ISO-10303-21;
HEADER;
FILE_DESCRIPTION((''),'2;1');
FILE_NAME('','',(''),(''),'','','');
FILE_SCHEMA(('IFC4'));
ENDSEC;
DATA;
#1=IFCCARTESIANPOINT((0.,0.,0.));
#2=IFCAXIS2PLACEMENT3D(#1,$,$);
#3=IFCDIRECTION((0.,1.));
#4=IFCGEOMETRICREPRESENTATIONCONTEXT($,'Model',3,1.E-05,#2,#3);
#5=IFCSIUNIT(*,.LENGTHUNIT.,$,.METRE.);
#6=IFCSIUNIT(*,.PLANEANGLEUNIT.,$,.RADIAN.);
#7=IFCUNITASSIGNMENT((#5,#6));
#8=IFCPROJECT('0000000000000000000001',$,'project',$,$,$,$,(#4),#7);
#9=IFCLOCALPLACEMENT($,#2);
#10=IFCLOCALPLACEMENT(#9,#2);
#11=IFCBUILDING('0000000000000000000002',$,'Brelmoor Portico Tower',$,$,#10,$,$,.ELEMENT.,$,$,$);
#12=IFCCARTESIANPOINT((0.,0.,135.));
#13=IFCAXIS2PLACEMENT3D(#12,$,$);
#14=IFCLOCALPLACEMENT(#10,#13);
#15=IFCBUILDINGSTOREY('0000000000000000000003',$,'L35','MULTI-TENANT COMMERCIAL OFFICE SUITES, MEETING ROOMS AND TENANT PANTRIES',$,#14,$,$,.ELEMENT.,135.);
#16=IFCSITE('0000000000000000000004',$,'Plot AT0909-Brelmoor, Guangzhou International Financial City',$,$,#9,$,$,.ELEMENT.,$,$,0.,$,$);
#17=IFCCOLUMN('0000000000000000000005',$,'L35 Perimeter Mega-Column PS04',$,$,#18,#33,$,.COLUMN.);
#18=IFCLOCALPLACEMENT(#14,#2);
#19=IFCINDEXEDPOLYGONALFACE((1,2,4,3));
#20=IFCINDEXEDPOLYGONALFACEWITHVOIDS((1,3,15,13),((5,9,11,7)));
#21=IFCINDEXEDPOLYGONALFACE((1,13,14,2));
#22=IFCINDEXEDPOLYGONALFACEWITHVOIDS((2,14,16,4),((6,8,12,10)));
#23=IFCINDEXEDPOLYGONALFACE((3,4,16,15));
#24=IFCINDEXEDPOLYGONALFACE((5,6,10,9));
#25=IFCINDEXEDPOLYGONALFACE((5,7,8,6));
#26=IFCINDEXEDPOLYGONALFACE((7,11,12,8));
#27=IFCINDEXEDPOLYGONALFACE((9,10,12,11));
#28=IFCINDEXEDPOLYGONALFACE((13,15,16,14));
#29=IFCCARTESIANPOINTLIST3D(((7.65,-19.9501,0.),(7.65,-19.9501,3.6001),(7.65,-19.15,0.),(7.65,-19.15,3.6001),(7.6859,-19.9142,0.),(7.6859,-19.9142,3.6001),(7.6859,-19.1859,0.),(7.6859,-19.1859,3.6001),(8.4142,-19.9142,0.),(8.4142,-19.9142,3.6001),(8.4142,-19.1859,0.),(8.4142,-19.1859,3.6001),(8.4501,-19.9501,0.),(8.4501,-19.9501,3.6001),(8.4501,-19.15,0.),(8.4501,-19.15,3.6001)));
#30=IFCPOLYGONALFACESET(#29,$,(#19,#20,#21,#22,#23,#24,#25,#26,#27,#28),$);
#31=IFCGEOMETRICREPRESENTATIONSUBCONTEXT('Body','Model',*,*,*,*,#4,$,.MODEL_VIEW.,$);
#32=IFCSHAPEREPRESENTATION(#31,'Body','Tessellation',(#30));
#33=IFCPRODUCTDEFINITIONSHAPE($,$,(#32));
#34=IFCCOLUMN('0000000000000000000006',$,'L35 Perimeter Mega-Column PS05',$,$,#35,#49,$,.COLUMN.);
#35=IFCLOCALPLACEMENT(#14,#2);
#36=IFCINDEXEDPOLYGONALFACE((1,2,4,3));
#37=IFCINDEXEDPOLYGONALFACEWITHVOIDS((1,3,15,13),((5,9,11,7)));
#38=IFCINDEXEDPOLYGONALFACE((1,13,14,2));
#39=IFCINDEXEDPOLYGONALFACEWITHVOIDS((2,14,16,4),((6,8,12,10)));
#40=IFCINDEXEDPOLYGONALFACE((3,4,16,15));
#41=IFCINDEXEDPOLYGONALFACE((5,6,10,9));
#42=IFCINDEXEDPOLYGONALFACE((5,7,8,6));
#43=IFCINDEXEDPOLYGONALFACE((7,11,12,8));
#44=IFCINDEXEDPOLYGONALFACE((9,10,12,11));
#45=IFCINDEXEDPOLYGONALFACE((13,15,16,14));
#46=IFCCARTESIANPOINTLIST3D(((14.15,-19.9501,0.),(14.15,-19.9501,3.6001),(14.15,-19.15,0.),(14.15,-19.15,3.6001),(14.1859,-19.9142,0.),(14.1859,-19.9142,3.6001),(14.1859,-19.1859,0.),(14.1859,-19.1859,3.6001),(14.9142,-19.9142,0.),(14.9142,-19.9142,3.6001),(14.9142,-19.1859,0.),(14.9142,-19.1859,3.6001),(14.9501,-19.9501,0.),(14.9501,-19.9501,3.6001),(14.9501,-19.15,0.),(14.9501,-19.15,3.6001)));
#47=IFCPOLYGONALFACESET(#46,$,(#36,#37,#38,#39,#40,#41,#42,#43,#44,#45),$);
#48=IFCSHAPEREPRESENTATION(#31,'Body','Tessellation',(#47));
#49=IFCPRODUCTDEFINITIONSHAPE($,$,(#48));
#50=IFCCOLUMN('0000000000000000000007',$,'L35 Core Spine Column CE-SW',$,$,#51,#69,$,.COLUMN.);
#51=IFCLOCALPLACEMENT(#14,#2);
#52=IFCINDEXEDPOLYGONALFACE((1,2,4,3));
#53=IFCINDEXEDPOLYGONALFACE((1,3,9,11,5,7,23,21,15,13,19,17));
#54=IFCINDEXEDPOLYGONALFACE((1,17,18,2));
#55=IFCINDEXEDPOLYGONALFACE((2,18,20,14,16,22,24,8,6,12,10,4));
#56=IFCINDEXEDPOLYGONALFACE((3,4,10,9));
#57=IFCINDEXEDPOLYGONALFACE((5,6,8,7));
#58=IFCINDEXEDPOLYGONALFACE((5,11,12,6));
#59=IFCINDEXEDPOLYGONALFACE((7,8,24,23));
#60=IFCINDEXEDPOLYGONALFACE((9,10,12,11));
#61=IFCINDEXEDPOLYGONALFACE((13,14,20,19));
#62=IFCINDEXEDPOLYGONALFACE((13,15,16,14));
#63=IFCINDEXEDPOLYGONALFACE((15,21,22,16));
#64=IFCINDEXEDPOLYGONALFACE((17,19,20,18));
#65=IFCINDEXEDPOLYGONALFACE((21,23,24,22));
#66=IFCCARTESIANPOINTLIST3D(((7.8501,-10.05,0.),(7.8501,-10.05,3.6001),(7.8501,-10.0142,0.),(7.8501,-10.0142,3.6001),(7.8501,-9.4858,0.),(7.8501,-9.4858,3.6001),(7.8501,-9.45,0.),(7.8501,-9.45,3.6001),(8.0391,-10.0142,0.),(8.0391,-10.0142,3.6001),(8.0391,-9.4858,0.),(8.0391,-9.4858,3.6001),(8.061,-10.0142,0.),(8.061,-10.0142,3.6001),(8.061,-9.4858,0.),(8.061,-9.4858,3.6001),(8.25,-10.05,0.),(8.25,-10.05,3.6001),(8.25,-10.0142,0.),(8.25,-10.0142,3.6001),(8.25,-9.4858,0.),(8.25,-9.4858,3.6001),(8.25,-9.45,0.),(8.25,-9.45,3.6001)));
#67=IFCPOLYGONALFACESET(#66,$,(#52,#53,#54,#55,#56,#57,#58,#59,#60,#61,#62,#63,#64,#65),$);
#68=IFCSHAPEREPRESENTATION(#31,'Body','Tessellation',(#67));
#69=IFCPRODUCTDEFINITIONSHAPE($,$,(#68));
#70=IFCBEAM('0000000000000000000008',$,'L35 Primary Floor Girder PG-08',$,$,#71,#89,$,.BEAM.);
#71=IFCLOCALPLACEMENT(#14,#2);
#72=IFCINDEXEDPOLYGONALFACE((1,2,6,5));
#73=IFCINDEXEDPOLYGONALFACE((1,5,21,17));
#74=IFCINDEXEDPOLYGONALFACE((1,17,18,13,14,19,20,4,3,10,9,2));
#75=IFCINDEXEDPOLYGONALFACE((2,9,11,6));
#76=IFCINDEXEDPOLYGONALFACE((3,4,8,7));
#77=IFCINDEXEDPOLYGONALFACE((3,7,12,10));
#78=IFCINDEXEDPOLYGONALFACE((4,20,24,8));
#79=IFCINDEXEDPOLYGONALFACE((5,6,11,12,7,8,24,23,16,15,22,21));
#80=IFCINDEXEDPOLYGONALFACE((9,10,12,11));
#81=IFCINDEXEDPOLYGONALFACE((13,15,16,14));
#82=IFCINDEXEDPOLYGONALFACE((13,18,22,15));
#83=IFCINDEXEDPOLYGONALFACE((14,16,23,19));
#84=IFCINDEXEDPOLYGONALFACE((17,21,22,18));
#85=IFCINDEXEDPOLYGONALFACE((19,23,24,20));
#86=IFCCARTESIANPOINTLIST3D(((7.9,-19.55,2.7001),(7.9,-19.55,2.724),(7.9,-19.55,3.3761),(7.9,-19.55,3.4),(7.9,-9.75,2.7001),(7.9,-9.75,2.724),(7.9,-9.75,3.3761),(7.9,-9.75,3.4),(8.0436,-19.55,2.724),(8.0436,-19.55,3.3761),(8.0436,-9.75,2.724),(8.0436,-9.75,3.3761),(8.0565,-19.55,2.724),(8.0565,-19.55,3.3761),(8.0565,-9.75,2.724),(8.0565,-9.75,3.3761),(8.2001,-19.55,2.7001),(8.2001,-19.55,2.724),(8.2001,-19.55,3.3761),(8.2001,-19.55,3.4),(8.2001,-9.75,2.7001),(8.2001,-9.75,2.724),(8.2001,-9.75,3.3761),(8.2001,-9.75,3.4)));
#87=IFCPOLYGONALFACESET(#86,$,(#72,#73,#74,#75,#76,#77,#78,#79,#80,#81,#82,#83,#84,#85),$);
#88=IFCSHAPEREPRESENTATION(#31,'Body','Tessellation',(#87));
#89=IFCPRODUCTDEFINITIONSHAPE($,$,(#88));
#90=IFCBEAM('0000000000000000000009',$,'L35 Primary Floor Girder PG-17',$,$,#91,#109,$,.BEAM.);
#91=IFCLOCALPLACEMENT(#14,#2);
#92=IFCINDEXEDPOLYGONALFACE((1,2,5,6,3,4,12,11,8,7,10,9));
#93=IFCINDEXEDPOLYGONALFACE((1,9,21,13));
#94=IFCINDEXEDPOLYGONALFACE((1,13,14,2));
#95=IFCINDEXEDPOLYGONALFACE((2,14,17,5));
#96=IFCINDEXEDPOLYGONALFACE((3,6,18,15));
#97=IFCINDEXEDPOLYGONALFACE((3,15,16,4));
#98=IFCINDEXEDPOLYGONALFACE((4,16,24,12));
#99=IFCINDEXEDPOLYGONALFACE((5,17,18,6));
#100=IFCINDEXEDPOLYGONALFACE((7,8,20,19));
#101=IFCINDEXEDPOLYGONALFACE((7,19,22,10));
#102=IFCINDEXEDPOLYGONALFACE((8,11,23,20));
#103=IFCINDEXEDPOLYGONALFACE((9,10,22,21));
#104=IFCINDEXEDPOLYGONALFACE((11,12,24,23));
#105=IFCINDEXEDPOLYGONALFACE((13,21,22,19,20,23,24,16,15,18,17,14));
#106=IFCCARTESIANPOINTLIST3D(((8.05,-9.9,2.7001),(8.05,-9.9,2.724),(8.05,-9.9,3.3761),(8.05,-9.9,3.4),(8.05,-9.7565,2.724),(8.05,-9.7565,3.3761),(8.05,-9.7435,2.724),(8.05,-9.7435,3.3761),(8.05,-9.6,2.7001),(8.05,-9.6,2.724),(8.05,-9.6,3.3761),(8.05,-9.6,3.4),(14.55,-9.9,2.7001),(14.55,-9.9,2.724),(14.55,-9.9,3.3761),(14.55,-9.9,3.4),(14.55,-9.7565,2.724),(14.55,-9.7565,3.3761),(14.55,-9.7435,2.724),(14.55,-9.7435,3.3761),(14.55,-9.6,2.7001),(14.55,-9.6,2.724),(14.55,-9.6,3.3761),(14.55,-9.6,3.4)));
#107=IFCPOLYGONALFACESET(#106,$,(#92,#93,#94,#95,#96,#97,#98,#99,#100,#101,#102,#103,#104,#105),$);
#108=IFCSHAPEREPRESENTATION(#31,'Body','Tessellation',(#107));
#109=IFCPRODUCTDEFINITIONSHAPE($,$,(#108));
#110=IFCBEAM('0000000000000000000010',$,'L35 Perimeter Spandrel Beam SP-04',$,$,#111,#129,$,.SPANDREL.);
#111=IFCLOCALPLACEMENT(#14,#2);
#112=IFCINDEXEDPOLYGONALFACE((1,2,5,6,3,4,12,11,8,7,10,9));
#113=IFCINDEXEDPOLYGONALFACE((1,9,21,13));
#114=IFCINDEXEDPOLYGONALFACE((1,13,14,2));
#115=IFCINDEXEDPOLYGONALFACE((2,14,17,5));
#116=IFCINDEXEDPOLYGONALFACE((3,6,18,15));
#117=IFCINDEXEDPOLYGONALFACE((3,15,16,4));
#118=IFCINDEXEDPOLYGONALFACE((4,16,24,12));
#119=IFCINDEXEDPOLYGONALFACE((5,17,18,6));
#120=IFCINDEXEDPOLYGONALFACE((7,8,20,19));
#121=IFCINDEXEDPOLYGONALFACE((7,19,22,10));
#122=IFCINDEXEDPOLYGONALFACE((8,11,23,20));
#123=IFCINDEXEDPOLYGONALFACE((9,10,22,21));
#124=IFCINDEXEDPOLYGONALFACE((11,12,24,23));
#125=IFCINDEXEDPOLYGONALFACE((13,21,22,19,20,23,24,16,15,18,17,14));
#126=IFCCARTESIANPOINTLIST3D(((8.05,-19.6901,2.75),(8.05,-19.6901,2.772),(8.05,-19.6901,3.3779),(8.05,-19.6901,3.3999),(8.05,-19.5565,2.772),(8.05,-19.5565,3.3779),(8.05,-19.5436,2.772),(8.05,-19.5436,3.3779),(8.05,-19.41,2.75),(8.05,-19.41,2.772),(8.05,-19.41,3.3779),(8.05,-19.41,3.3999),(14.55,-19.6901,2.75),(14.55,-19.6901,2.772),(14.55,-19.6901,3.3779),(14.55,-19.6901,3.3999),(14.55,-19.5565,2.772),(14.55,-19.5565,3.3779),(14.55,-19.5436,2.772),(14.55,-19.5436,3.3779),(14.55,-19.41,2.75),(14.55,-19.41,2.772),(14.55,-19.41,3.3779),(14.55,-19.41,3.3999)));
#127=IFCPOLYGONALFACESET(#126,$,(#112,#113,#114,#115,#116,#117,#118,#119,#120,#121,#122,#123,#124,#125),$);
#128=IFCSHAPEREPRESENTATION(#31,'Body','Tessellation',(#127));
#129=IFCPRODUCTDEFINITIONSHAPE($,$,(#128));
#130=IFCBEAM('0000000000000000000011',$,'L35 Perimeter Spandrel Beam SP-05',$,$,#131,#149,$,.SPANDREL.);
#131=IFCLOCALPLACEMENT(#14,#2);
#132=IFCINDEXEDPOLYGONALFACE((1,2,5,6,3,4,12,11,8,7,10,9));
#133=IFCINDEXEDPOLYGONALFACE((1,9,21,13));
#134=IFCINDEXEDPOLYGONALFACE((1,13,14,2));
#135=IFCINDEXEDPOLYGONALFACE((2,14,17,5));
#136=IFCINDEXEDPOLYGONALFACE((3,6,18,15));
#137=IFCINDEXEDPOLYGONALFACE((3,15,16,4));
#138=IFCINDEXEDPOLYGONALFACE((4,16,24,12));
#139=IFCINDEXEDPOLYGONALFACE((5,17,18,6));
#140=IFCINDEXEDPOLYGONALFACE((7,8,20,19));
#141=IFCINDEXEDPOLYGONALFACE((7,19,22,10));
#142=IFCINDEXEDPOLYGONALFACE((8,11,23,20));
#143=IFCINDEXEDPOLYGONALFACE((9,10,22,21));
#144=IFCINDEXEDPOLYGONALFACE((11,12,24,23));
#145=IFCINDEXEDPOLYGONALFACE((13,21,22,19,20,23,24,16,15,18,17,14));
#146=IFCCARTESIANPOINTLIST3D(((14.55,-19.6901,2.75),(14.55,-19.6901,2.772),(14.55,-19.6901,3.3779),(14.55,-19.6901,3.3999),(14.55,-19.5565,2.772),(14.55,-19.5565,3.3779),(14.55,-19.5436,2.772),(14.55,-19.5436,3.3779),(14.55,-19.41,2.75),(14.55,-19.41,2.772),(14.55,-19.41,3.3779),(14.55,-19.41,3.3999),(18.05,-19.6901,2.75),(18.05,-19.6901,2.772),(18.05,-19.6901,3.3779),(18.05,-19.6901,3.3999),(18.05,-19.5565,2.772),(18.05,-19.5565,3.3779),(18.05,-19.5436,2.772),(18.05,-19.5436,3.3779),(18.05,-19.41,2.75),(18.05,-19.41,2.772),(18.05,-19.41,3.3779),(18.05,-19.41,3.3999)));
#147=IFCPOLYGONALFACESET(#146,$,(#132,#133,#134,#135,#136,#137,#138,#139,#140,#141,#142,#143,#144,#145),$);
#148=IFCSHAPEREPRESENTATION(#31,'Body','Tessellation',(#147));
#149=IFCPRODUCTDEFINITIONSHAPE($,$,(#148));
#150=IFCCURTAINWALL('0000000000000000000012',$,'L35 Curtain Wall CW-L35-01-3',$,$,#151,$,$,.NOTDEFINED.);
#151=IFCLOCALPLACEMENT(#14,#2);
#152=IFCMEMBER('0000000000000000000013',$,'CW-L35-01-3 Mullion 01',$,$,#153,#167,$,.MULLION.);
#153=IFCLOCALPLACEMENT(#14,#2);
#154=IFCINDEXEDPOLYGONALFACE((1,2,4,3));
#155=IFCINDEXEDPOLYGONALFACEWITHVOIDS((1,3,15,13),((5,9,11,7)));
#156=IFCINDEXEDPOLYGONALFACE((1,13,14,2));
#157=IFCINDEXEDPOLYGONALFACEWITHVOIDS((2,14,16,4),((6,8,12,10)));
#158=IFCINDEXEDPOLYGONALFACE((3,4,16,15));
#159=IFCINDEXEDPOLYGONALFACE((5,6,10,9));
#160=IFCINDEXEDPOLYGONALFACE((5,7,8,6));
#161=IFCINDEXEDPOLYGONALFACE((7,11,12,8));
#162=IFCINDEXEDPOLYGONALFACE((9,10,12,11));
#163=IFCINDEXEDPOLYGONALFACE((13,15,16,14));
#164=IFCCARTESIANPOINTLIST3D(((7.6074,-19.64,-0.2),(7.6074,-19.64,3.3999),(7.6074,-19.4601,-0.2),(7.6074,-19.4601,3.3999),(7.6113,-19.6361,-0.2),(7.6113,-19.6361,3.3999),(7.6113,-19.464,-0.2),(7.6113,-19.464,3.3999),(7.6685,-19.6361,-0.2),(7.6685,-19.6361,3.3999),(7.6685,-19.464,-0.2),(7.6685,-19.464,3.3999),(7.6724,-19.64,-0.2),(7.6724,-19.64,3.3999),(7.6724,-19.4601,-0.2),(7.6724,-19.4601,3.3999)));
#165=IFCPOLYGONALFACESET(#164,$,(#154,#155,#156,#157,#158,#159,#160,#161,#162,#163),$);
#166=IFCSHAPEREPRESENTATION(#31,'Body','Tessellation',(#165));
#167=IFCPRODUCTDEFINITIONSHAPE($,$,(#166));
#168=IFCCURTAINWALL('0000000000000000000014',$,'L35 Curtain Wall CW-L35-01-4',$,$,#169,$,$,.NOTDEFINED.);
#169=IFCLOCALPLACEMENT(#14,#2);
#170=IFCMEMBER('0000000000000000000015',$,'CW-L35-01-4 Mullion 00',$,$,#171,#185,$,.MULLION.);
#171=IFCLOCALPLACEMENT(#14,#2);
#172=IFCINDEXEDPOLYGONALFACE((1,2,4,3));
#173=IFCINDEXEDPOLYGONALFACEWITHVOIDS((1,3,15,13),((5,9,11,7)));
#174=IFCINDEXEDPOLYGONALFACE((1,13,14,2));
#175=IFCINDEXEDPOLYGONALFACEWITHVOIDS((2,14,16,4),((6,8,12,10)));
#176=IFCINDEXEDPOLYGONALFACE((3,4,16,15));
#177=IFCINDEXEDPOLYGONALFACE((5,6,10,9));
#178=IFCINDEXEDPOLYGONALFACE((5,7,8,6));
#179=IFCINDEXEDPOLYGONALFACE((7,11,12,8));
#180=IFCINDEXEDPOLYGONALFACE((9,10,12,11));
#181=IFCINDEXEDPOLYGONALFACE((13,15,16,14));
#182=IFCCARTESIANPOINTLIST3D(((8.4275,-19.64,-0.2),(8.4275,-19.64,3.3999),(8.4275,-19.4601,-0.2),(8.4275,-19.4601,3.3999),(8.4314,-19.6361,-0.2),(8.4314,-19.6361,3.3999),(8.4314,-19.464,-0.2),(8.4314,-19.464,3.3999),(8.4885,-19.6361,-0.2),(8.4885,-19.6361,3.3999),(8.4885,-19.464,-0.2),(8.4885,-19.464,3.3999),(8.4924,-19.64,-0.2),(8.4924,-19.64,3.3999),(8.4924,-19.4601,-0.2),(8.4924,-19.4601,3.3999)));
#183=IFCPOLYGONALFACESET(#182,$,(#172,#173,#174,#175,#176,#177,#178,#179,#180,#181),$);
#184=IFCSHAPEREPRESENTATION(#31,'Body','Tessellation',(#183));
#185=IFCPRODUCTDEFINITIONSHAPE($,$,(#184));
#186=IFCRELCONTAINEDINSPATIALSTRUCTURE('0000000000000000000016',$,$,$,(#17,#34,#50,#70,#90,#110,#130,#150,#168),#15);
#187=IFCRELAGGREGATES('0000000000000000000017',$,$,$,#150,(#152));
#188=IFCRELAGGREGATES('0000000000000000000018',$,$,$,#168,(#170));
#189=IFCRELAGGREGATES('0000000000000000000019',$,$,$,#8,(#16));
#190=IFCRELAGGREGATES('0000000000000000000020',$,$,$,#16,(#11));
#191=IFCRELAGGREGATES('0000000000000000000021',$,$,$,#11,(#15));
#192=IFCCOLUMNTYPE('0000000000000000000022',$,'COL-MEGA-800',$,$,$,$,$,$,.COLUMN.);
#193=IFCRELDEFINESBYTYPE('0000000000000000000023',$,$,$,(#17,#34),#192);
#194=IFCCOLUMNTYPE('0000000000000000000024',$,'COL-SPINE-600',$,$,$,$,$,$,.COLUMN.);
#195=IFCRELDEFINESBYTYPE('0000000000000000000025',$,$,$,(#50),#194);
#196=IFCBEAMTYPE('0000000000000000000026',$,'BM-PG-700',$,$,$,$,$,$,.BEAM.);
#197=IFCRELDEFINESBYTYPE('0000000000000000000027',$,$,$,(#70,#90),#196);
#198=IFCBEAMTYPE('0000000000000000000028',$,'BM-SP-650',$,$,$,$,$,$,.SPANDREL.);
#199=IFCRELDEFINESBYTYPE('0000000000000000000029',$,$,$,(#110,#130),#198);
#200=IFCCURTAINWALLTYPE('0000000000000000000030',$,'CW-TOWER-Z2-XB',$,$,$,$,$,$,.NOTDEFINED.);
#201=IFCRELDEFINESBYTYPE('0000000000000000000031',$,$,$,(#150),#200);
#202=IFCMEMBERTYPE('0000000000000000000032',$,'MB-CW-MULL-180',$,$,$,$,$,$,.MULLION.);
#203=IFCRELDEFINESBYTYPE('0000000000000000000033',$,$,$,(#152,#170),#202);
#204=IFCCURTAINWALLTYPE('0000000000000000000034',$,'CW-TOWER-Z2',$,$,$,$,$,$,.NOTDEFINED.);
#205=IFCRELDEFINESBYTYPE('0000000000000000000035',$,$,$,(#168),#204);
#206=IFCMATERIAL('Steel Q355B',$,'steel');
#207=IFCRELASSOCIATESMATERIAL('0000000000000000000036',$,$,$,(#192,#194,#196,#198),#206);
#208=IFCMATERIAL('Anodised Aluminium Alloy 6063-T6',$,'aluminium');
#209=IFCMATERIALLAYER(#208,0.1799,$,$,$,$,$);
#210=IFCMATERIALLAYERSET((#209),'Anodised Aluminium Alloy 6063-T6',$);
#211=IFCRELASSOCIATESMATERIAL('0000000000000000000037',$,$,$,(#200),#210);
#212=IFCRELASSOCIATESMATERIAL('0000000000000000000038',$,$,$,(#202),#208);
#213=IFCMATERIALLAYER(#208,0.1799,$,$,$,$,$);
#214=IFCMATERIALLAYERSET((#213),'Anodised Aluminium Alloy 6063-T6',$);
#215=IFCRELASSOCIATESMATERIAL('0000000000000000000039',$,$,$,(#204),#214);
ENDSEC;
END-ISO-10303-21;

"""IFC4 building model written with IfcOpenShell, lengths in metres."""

from ifc_helpers import new_model, si_unit, direction, frame, origin, origin_2d, place, context, subcontext, project, spatial, hollow_rectangle, i_section, extrude, material, layer, layer_set, material_profile, profile_set, type_object, element, aggregate, save


model = new_model("IFC4")

# Units and contexts
model_context = context("Model", 3, precision=1e-05, world=origin(), true_north=direction((0.0, 1.0)))
body_context = subcontext(model_context, "Body", "Model", "MODEL_VIEW")
ifc_project = project(units=[si_unit("LENGTHUNIT", "METRE"), si_unit("PLANEANGLEUNIT", "RADIAN")], contexts=[model_context])

# Site, building, storey
site_placement = place(None, origin())
site = spatial("IfcSite", under=ifc_project, at=site_placement, Name="Plot AT0909-Brelmoor, Guangzhou International Financial City", CompositionType="ELEMENT", RefElevation=0.0)
building_placement = place(site_placement, origin())
building = spatial("IfcBuilding", under=site, at=building_placement, Name="Brelmoor Portico Tower", CompositionType="ELEMENT")
storey_placement = place(building_placement, frame((0.0, 0.0, 135.0)))
storey = spatial("IfcBuildingStorey", under=building, at=storey_placement, Name="L35", Description="MULTI-TENANT COMMERCIAL OFFICE SUITES, MEETING ROOMS AND TENANT PANTRIES", CompositionType="ELEMENT", Elevation=135.0)

# Columns
ifc_material_1 = material(Name="Steel Q355B", Category="steel")
ifc_material_profile_1 = material_profile(ifc_material_1, hollow_rectangle(XDim=0.8, YDim=0.8, WallThickness=0.0359, at=origin_2d()), Name="BOX 800x800x36")
ifc_profile_set_1 = profile_set([ifc_material_profile_1], Name="Steel Q355B")
column_type_1 = type_object("IfcColumnType", Name="COL-MEGA-800", PredefinedType="COLUMN", material=ifc_profile_set_1)
for number, where, z_axis, x_axis, name in (
    (1, (8.05, -19.55, 0.0), (0.0, 0.0, 1.0), (1.0, 0.0, 0.0), "L35 Perimeter Mega-Column PS04"),
    (2, (14.55, -19.55, 0.0), (0.0, 0.0, 1.0), (1.0, 0.0, 0.0), "L35 Perimeter Mega-Column PS05"),
):
    element("IfcColumn", number, at=place(storey_placement, frame(where, z_axis=z_axis, x_axis=x_axis)), inside=storey, type_object=column_type_1, Name=name, PredefinedType="COLUMN", context=body_context, shape_type="SweptSolid", body=[
        extrude(hollow_rectangle(XDim=0.8, YDim=0.8, WallThickness=0.0359, at=origin_2d()), origin(), (0.0, 0.0, 1.0), 3.6001),
    ])
ifc_material_profile_2 = material_profile(ifc_material_1, i_section(OverallWidth=0.3999, OverallDepth=0.6001, WebThickness=0.022, FlangeThickness=0.0359, at=origin_2d()), Name="HW 600x400x22x36")
ifc_profile_set_2 = profile_set([ifc_material_profile_2], Name="Steel Q355B")
column_type_2 = type_object("IfcColumnType", Name="COL-SPINE-600", PredefinedType="COLUMN", material=ifc_profile_set_2)
column_placement = place(storey_placement, frame((8.05, -9.75, 0.0), z_axis=(0.0, 0.0, 1.0), x_axis=(1.0, 0.0, 0.0)))
element("IfcColumn", 3, at=column_placement, inside=storey, type_object=column_type_2, Name="L35 Core Spine Column CE-SW", PredefinedType="COLUMN", context=body_context, shape_type="SweptSolid", body=[
    extrude(i_section(OverallWidth=0.3999, OverallDepth=0.6001, WebThickness=0.022, FlangeThickness=0.0359, at=origin_2d()), origin(), (0.0, 0.0, 1.0), 3.6001),
])

# Beams
ifc_material_profile_3 = material_profile(ifc_material_1, i_section(OverallWidth=0.3, OverallDepth=0.7, WebThickness=0.0129, FlangeThickness=0.0239, at=origin_2d()), Name="HN 700x300x13x24")
ifc_profile_set_3 = profile_set([ifc_material_profile_3], Name="Steel Q355B")
beam_type_1 = type_object("IfcBeamType", Name="BM-PG-700", PredefinedType="BEAM", material=ifc_profile_set_3)
beam_1_placement = place(storey_placement, frame((8.05, -19.55, 3.05), z_axis=(0.0, 1.0, 0.0), x_axis=(-1.0, 0.0, 0.0)))
element("IfcBeam", 4, at=beam_1_placement, inside=storey, type_object=beam_type_1, Name="L35 Primary Floor Girder PG-08", PredefinedType="BEAM", context=body_context, shape_type="SweptSolid", body=[
    extrude(i_section(OverallWidth=0.3, OverallDepth=0.7, WebThickness=0.0129, FlangeThickness=0.0239, at=origin_2d()), origin(), (0.0, 0.0, 1.0), 9.8),
])
beam_2_placement = place(storey_placement, frame((8.05, -9.75, 3.05), z_axis=(1.0, 0.0, 0.0), x_axis=(0.0, 1.0, 0.0)))
element("IfcBeam", 5, at=beam_2_placement, inside=storey, type_object=beam_type_1, Name="L35 Primary Floor Girder PG-17", PredefinedType="BEAM", context=body_context, shape_type="SweptSolid", body=[
    extrude(i_section(OverallWidth=0.3, OverallDepth=0.7, WebThickness=0.0129, FlangeThickness=0.0239, at=origin_2d()), origin(), (0.0, 0.0, 1.0), 6.5),
])
ifc_material_profile_4 = material_profile(ifc_material_1, i_section(OverallWidth=0.28, OverallDepth=0.6499, WebThickness=0.0129, FlangeThickness=0.022, at=origin_2d()), Name="HN 650x280x13x22")
ifc_profile_set_4 = profile_set([ifc_material_profile_4], Name="Steel Q355B")
beam_type_2 = type_object("IfcBeamType", Name="BM-SP-650", PredefinedType="SPANDREL", material=ifc_profile_set_4)
beam_3_placement = place(storey_placement, frame((8.05, -19.55, 3.075), z_axis=(1.0, 0.0, 0.0), x_axis=(0.0, 1.0, 0.0)))
element("IfcBeam", 6, at=beam_3_placement, inside=storey, type_object=beam_type_2, Name="L35 Perimeter Spandrel Beam SP-04", PredefinedType="SPANDREL", context=body_context, shape_type="SweptSolid", body=[
    extrude(i_section(OverallWidth=0.28, OverallDepth=0.6499, WebThickness=0.0129, FlangeThickness=0.022, at=origin_2d()), origin(), (0.0, 0.0, 1.0), 6.5),
])
beam_4_placement = place(storey_placement, frame((14.55, -19.55, 3.075), z_axis=(1.0, 0.0, 0.0), x_axis=(0.0, 1.0, 0.0)))
element("IfcBeam", 7, at=beam_4_placement, inside=storey, type_object=beam_type_2, Name="L35 Perimeter Spandrel Beam SP-05", PredefinedType="SPANDREL", context=body_context, shape_type="SweptSolid", body=[
    extrude(i_section(OverallWidth=0.28, OverallDepth=0.6499, WebThickness=0.0129, FlangeThickness=0.022, at=origin_2d()), origin(), (0.0, 0.0, 1.0), 3.5),
])

# Curtain wall, member
ifc_material_2 = material(Name="Anodised Aluminium Alloy 6063-T6", Category="aluminium")
ifc_layer_1 = layer(ifc_material_2, 0.1799)
ifc_layer_set_1 = layer_set([ifc_layer_1], Name="Anodised Aluminium Alloy 6063-T6")
curtain_wall_type_1 = type_object("IfcCurtainWallType", Name="CW-TOWER-Z2-XB", PredefinedType="NOTDEFINED", material=ifc_layer_set_1)
curtain_wall_1_placement = place(storey_placement, origin())
curtain_wall_1 = element("IfcCurtainWall", 8, at=curtain_wall_1_placement, inside=storey, type_object=curtain_wall_type_1, Name="L35 Curtain Wall CW-L35-01-3", PredefinedType="NOTDEFINED")
ifc_material_profile_5 = material_profile(ifc_material_2, hollow_rectangle(XDim=0.0649, YDim=0.1799, WallThickness=0.0039, at=origin_2d()), Name="ALU MULLION 65x180")
ifc_profile_set_5 = profile_set([ifc_material_profile_5], Name="Anodised Aluminium Alloy 6063-T6")
member_type_1 = type_object("IfcMemberType", Name="MB-CW-MULL-180", PredefinedType="MULLION", material=ifc_profile_set_5)
member_1_placement = place(storey_placement, frame((7.6399, -19.55, -0.2), z_axis=(0.0, 0.0, 1.0), x_axis=(1.0, 0.0, 0.0)))
member_1 = element("IfcMember", 9, at=member_1_placement, type_object=member_type_1, Name="CW-L35-01-3 Mullion 01", PredefinedType="MULLION", context=body_context, shape_type="SweptSolid", body=[
    extrude(hollow_rectangle(XDim=0.0649, YDim=0.1799, WallThickness=0.0039, at=origin_2d()), origin(), (0.0, 0.0, 1.0), 3.5999),
])
aggregate(curtain_wall_1, [member_1])

# Curtain wall, member
ifc_layer_2 = layer(ifc_material_2, 0.1799)
ifc_layer_set_2 = layer_set([ifc_layer_2], Name="Anodised Aluminium Alloy 6063-T6")
curtain_wall_type_2 = type_object("IfcCurtainWallType", Name="CW-TOWER-Z2", PredefinedType="NOTDEFINED", material=ifc_layer_set_2)
curtain_wall_2_placement = place(storey_placement, origin())
curtain_wall_2 = element("IfcCurtainWall", 10, at=curtain_wall_2_placement, inside=storey, type_object=curtain_wall_type_2, Name="L35 Curtain Wall CW-L35-01-4", PredefinedType="NOTDEFINED")
member_2_placement = place(storey_placement, frame((8.46, -19.55, -0.2), z_axis=(0.0, 0.0, 1.0), x_axis=(1.0, 0.0, 0.0)))
member_2 = element("IfcMember", 11, at=member_2_placement, type_object=member_type_1, Name="CW-L35-01-4 Mullion 00", PredefinedType="MULLION", context=body_context, shape_type="SweptSolid", body=[
    extrude(hollow_rectangle(XDim=0.0649, YDim=0.1799, WallThickness=0.0039, at=origin_2d()), origin(), (0.0, 0.0, 1.0), 3.5999),
])
aggregate(curtain_wall_2, [member_2])

save(model, "model.ifc")
